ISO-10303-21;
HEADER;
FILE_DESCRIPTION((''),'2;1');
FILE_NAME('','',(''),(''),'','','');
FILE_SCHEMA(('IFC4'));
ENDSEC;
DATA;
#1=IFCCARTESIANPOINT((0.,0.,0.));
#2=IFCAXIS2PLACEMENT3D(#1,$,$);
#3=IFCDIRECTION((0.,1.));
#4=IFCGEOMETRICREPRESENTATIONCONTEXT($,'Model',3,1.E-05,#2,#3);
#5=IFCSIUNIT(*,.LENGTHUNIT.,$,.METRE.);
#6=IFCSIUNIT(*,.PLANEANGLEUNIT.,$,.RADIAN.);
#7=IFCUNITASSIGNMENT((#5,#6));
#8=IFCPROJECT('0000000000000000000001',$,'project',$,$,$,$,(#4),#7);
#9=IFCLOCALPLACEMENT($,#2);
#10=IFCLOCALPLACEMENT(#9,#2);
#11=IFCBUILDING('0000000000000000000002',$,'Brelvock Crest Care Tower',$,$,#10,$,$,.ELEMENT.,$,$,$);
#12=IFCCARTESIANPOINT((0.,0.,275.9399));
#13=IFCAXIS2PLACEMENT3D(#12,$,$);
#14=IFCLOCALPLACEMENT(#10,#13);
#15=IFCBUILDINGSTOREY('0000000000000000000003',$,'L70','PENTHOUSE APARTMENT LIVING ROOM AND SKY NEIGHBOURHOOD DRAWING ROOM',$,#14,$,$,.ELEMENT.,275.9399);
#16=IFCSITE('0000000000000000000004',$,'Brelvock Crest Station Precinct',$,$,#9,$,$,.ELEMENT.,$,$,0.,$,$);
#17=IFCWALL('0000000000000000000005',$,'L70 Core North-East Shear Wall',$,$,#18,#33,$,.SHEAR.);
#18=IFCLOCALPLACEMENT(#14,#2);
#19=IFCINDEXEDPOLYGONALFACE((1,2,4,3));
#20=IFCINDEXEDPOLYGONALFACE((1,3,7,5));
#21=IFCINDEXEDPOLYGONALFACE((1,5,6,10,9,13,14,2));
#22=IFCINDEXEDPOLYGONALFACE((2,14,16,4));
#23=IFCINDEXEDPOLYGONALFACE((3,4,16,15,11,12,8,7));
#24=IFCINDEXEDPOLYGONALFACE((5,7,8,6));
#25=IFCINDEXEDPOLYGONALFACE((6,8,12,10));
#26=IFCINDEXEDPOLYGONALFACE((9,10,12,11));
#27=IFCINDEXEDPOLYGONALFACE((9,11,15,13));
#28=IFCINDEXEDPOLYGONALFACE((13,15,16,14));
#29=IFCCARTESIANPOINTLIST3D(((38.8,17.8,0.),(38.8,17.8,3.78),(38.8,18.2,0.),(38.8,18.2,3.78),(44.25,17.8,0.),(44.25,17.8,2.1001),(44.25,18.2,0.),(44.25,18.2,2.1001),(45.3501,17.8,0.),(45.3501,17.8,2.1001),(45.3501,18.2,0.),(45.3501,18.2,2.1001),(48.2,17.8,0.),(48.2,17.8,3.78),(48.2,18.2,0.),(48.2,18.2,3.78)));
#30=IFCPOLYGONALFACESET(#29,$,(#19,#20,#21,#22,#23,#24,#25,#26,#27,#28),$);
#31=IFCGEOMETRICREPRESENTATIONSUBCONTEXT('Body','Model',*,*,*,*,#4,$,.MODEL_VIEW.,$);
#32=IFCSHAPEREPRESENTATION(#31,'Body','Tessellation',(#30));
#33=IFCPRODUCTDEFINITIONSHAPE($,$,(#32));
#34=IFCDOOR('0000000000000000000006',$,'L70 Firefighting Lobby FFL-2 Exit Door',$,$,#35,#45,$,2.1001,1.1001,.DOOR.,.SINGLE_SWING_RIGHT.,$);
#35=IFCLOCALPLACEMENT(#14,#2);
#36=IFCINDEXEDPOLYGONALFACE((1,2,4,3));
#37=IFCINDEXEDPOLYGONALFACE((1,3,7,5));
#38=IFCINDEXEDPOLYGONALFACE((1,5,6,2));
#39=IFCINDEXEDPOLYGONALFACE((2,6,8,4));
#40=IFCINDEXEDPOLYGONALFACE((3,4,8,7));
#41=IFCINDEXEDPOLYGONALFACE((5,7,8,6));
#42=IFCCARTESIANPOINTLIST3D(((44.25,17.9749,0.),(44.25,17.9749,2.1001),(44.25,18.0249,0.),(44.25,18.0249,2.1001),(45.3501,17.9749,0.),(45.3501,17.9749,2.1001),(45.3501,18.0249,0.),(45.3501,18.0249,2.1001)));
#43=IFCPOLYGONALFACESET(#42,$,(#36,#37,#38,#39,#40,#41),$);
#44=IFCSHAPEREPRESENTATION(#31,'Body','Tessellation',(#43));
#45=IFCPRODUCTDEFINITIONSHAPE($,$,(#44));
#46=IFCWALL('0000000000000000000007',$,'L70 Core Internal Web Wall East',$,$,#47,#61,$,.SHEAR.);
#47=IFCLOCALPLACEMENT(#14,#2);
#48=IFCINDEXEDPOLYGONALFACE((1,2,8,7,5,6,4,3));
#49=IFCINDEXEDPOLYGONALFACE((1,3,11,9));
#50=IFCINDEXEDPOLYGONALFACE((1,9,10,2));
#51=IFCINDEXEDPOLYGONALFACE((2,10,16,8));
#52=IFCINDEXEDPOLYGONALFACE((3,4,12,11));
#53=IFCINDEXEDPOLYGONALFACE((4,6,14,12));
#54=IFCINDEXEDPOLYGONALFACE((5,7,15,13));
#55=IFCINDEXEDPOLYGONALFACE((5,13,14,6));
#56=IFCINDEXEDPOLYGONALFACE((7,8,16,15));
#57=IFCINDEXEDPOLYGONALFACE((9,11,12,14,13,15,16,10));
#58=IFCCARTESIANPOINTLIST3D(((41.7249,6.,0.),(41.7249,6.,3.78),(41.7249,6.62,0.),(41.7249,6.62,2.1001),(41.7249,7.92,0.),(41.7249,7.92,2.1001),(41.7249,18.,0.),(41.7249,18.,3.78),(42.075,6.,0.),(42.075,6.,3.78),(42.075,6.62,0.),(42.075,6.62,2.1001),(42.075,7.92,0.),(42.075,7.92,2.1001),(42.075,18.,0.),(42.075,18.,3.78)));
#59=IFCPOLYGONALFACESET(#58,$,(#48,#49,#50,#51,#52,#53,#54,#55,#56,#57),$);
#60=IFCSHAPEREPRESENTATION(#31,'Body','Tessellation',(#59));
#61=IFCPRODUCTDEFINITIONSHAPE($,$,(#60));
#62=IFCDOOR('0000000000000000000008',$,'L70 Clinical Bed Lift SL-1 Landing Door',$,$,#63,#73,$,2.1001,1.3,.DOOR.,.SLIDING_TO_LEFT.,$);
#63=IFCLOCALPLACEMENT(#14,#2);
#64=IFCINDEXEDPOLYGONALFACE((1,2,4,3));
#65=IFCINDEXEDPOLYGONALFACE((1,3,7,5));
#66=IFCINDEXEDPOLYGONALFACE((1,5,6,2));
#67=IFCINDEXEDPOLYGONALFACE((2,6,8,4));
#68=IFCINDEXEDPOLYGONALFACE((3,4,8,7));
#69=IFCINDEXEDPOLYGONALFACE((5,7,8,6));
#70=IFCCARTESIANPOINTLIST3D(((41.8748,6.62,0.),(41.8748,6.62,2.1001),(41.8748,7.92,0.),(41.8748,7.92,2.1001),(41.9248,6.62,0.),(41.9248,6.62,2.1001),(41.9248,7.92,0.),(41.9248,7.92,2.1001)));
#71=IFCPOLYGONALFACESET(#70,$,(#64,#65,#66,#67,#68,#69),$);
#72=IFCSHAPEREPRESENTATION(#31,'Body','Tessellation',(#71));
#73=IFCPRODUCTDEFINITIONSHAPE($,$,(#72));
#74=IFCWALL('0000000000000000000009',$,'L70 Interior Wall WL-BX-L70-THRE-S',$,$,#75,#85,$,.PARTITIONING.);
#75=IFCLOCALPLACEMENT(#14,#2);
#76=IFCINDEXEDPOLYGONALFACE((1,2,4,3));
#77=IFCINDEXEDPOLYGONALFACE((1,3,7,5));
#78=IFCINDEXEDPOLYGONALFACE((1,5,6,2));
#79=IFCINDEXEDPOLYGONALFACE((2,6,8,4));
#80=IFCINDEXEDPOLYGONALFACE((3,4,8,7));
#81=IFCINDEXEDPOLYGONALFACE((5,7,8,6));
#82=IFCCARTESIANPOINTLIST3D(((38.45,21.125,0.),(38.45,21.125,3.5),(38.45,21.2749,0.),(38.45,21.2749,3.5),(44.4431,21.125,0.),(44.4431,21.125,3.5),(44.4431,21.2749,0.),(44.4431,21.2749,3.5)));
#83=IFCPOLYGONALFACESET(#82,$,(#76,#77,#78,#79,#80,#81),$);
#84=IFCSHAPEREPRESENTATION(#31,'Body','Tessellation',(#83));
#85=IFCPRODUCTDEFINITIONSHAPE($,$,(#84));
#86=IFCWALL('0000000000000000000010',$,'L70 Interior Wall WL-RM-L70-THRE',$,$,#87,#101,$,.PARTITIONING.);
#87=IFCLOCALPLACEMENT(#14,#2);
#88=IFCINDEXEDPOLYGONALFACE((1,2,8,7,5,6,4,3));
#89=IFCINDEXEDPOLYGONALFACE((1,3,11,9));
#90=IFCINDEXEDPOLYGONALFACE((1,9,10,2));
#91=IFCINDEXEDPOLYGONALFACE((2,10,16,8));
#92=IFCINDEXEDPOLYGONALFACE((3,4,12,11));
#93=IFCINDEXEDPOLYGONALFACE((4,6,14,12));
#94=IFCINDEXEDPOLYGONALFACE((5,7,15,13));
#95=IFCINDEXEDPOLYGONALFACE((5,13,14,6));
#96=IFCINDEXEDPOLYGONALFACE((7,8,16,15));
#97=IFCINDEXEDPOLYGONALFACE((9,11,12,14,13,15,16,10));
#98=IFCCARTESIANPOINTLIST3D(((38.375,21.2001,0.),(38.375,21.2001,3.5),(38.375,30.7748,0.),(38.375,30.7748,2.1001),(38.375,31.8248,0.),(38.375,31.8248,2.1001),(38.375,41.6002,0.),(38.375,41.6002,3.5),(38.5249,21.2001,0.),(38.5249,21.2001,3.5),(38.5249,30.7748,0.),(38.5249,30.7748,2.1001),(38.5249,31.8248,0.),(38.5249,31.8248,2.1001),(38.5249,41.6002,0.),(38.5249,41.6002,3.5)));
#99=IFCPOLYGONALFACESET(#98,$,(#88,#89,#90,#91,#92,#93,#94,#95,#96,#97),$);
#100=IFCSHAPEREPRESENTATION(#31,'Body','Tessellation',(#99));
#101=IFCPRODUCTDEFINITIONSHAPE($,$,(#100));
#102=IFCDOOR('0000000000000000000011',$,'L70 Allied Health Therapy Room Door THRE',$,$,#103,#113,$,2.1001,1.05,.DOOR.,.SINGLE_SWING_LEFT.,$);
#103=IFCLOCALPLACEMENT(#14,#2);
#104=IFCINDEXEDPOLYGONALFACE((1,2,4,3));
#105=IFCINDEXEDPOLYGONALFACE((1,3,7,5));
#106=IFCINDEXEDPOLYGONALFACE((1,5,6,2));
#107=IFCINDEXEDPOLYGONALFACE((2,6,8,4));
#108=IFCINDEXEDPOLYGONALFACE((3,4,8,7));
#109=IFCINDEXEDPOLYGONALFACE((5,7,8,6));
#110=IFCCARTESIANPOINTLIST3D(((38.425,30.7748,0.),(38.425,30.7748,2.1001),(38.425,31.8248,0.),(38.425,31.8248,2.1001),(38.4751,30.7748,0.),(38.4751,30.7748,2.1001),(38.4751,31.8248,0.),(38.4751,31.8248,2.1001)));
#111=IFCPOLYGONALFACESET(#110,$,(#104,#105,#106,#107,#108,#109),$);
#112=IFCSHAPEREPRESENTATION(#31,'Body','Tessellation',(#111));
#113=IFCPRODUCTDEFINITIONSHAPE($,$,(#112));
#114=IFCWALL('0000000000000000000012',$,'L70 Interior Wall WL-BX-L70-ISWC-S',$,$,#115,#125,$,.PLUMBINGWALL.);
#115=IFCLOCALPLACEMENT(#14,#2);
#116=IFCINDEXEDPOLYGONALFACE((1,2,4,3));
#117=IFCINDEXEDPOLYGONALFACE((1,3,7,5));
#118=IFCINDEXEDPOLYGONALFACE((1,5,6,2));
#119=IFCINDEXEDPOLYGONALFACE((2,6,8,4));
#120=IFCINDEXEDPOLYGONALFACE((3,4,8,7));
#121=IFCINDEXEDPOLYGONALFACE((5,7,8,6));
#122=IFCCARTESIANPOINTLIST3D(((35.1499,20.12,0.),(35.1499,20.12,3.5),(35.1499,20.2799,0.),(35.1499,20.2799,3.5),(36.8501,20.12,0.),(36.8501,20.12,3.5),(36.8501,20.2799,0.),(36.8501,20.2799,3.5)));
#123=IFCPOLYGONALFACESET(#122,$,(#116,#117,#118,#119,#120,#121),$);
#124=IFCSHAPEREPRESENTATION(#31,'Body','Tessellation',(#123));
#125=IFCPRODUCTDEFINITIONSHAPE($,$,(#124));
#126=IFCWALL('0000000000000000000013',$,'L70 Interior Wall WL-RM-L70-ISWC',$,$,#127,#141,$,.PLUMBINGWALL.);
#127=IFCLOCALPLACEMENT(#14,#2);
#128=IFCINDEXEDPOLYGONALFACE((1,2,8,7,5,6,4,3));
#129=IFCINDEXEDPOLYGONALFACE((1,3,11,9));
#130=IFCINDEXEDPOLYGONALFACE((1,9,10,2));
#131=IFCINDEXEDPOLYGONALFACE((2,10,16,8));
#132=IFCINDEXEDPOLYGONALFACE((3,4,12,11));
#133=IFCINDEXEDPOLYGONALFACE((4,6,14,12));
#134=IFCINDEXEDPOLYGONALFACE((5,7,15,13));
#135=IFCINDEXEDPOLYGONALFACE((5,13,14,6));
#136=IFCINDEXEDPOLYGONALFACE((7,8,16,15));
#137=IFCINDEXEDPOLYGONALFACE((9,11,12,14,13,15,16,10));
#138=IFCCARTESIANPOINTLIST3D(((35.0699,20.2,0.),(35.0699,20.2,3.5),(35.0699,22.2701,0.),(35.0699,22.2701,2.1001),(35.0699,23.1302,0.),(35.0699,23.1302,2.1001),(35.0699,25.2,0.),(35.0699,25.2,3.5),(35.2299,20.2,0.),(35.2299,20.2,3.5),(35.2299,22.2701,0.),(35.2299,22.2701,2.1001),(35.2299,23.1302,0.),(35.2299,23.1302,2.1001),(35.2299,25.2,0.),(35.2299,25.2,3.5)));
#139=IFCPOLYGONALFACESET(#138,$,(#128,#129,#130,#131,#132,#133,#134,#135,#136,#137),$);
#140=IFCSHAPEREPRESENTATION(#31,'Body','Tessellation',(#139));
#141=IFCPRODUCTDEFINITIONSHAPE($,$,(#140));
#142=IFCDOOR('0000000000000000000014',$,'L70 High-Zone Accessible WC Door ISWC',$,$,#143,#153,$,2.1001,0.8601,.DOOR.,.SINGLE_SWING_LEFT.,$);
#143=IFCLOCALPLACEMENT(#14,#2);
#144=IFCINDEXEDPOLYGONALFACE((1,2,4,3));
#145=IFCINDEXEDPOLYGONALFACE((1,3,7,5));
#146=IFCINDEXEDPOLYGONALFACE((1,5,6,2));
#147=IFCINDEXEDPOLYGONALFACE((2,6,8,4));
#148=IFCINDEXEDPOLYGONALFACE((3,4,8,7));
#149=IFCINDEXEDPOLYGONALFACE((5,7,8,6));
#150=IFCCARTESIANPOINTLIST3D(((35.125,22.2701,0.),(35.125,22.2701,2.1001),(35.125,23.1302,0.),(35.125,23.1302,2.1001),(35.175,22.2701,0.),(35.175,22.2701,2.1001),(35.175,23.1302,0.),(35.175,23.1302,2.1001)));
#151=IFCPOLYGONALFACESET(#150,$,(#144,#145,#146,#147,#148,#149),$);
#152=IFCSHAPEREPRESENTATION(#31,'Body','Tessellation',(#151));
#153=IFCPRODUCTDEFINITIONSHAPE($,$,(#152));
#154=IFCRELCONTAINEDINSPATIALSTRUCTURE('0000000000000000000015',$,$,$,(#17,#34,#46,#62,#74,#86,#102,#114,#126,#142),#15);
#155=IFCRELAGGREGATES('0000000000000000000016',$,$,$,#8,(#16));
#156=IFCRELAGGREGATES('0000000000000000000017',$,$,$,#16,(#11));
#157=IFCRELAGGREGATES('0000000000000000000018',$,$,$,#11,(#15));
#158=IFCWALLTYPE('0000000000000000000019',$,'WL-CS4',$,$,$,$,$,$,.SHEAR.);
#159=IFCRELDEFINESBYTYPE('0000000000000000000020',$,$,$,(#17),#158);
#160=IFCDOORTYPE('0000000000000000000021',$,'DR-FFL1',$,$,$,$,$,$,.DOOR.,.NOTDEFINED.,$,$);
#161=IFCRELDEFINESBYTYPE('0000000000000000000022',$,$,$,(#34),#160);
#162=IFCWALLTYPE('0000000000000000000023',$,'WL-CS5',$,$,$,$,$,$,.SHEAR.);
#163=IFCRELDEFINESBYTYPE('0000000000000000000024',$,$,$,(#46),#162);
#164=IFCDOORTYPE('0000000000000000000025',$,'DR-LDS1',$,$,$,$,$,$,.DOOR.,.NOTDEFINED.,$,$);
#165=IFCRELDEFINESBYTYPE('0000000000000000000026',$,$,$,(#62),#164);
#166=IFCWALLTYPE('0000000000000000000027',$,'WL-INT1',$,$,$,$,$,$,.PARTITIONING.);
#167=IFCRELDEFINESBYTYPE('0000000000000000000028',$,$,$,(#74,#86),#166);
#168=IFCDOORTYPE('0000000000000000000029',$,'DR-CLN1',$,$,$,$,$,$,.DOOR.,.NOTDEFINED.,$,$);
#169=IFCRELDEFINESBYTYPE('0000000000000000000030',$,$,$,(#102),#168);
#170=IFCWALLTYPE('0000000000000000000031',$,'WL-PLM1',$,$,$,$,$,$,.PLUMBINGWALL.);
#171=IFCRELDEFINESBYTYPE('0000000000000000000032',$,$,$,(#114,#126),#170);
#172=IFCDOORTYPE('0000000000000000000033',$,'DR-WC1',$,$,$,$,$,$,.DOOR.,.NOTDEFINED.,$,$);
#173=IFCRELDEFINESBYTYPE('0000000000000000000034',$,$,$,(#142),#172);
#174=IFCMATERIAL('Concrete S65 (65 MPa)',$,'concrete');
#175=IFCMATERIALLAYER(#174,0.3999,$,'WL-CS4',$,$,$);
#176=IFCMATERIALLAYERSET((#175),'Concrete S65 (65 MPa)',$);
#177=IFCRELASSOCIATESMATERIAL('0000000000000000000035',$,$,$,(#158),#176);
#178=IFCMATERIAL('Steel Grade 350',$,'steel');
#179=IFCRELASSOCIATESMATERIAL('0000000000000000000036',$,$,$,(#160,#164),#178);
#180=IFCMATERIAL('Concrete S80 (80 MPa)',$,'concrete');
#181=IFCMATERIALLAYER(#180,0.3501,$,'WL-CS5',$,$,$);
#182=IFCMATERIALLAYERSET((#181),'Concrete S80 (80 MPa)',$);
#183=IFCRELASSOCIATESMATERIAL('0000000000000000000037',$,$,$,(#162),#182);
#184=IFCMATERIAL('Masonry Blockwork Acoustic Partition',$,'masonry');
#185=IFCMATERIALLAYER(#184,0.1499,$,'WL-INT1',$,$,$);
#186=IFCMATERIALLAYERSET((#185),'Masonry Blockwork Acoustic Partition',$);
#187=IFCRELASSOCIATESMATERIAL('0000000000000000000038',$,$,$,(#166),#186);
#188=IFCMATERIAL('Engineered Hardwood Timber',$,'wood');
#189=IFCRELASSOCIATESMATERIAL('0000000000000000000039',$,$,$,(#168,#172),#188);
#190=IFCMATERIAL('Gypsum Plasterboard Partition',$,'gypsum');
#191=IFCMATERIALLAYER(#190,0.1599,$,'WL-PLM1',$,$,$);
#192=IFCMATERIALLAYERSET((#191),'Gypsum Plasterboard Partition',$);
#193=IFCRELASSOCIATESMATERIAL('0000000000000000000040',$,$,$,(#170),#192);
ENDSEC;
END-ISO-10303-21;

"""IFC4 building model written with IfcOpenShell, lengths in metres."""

from ifc_helpers import new_model, si_unit, direction, frame, frame_2d, origin, origin_2d, place, context, subcontext, project, spatial, rectangle, extrude, source, transform, mapped, material, layer, layer_set, type_object, element, fill, save


model = new_model("IFC4")

# Units and contexts
model_context = context("Model", 3, precision=1e-05, world=origin(), true_north=direction((0.0, 1.0)))
body_context = subcontext(model_context, "Body", "Model", "MODEL_VIEW")
ifc_project = project(units=[si_unit("LENGTHUNIT", "METRE"), si_unit("PLANEANGLEUNIT", "RADIAN")], contexts=[model_context])

# Site, building, storey
site_placement = place(None, origin())
site = spatial("IfcSite", under=ifc_project, at=site_placement, Name="Brelvock Crest Station Precinct", CompositionType="ELEMENT", RefElevation=0.0)
building_placement = place(site_placement, origin())
building = spatial("IfcBuilding", under=site, at=building_placement, Name="Brelvock Crest Care Tower", CompositionType="ELEMENT")
storey_placement = place(building_placement, frame((0.0, 0.0, 275.9399)))
storey = spatial("IfcBuildingStorey", under=building, at=storey_placement, Name="L70", Description="PENTHOUSE APARTMENT LIVING ROOM AND SKY NEIGHBOURHOOD DRAWING ROOM", CompositionType="ELEMENT", Elevation=275.9399)

# Shared definitions
ifc_material_1 = material(Name="Concrete S65 (65 MPa)", Category="concrete")

# Shared definitions
ifc_material_2 = material(Name="Steel Grade 350", Category="steel")

# Walls, openings, doors
ifc_layer_1 = layer(ifc_material_1, 0.3999, Name="WL-CS4")
ifc_layer_set_1 = layer_set([ifc_layer_1], Name="Concrete S65 (65 MPa)")
wall_type_1 = type_object("IfcWallType", Name="WL-CS4", PredefinedType="SHEAR", material=ifc_layer_set_1)
wall_1_placement = place(storey_placement, frame((38.8, 18.0, 0.0), z_axis=(0.0, 0.0, 1.0), x_axis=(1.0, 0.0, 0.0)))
wall_1 = element("IfcWall", 1, at=wall_1_placement, inside=storey, type_object=wall_type_1, Name="L70 Core North-East Shear Wall", PredefinedType="SHEAR", context=body_context, shape_type="SweptSolid", body=[
    extrude(rectangle(XDim=9.3999, YDim=0.3999, at=frame_2d((4.7, 0.0))), origin(), (0.0, 0.0, 1.0), 3.78),
])
opening_1_placement = place(wall_1_placement, frame((5.45, 0.0, 0.0)))
opening_1 = element("IfcOpeningElement", 2, at=opening_1_placement, cuts=wall_1, PredefinedType="OPENING", context=body_context, shape_type="SweptSolid", body=[
    extrude(rectangle(XDim=1.1001, YDim=2.1001, at=origin_2d()), frame((0.55, 0.21, 1.05), z_axis=(0.0, -1.0, 0.0), x_axis=(1.0, 0.0, 0.0)), (0.0, 0.0, 1.0), 0.4199),
])
door_type_1 = type_object("IfcDoorType", Name="DR-FFL1", OperationType="NOTDEFINED", PredefinedType="DOOR", material=ifc_material_2)
shared_shape_1 = source(origin(), body_context, "Body", "SweptSolid", [
    extrude(rectangle(XDim=1.1001, YDim=2.1001, at=origin_2d()), frame((0.55, 0.0249, 1.05), z_axis=(0.0, -1.0, 0.0), x_axis=(1.0, 0.0, 0.0)), (0.0, 0.0, 1.0), 0.05),
])
door_1_placement = place(opening_1_placement, origin())
door_1 = element("IfcDoor", 3, at=door_1_placement, inside=storey, type_object=door_type_1, Name="L70 Firefighting Lobby FFL-2 Exit Door", OperationType="SINGLE_SWING_RIGHT", OverallHeight=2.1001, OverallWidth=1.1001, PredefinedType="DOOR", context=body_context, shape_type="MappedRepresentation", body=[
    mapped(shared_shape_1, transform((0.0, 0.0, 0.0), x_axis=(1.0, 0.0, 0.0), y_axis=(0.0, 1.0, 0.0), z_axis=(0.0, 0.0, 1.0), scale=1.0)),
])
fill(opening_1, door_1)
ifc_material_3 = material(Name="Concrete S80 (80 MPa)", Category="concrete")
ifc_layer_2 = layer(ifc_material_3, 0.3501, Name="WL-CS5")
ifc_layer_set_2 = layer_set([ifc_layer_2], Name="Concrete S80 (80 MPa)")
wall_type_2 = type_object("IfcWallType", Name="WL-CS5", PredefinedType="SHEAR", material=ifc_layer_set_2)
wall_2_placement = place(storey_placement, frame((41.8999, 18.0, 0.0), z_axis=(0.0, 0.0, 1.0), x_axis=(0.0, -1.0, 0.0)))
wall_2 = element("IfcWall", 4, at=wall_2_placement, inside=storey, type_object=wall_type_2, Name="L70 Core Internal Web Wall East", PredefinedType="SHEAR", context=body_context, shape_type="SweptSolid", body=[
    extrude(rectangle(XDim=12.0, YDim=0.3501, at=frame_2d((6.0, 0.0))), origin(), (0.0, 0.0, 1.0), 3.78),
])
opening_2_placement = place(wall_2_placement, frame((10.0801, 0.0, 0.0)))
opening_2 = element("IfcOpeningElement", 5, at=opening_2_placement, cuts=wall_2, PredefinedType="OPENING", context=body_context, shape_type="SweptSolid", body=[
    extrude(rectangle(XDim=1.3, YDim=2.1001, at=origin_2d()), frame((0.6499, 0.1851, 1.05), z_axis=(0.0, -1.0, 0.0), x_axis=(1.0, 0.0, 0.0)), (0.0, 0.0, 1.0), 0.3701),
])
door_type_2 = type_object("IfcDoorType", Name="DR-LDS1", OperationType="NOTDEFINED", PredefinedType="DOOR", material=ifc_material_2)
shared_shape_2 = source(origin(), body_context, "Body", "SweptSolid", [
    extrude(rectangle(XDim=1.3, YDim=2.1001, at=origin_2d()), frame((0.6499, 0.0249, 1.05), z_axis=(0.0, -1.0, 0.0), x_axis=(1.0, 0.0, 0.0)), (0.0, 0.0, 1.0), 0.05),
])
door_2_placement = place(opening_2_placement, origin())
door_2 = element("IfcDoor", 6, at=door_2_placement, inside=storey, type_object=door_type_2, Name="L70 Clinical Bed Lift SL-1 Landing Door", OperationType="SLIDING_TO_LEFT", OverallHeight=2.1001, OverallWidth=1.3, PredefinedType="DOOR", context=body_context, shape_type="MappedRepresentation", body=[
    mapped(shared_shape_2, transform((0.0, 0.0, 0.0), x_axis=(1.0, 0.0, 0.0), y_axis=(0.0, 1.0, 0.0), z_axis=(0.0, 0.0, 1.0), scale=1.0)),
])
fill(opening_2, door_2)

# Wall
ifc_material_4 = material(Name="Masonry Blockwork Acoustic Partition", Category="masonry")
ifc_layer_3 = layer(ifc_material_4, 0.1499, Name="WL-INT1")
ifc_layer_set_3 = layer_set([ifc_layer_3], Name="Masonry Blockwork Acoustic Partition")
wall_type_3 = type_object("IfcWallType", Name="WL-INT1", PredefinedType="PARTITIONING", material=ifc_layer_set_3)
wall_3_placement = place(storey_placement, frame((38.45, 21.2, 0.0), z_axis=(0.0, 0.0, 1.0), x_axis=(1.0, 0.0, 0.0)))
element("IfcWall", 7, at=wall_3_placement, inside=storey, type_object=wall_type_3, Name="L70 Interior Wall WL-BX-L70-THRE-S", PredefinedType="PARTITIONING", context=body_context, shape_type="SweptSolid", body=[
    extrude(rectangle(XDim=5.9932, YDim=0.1499, at=frame_2d((2.9966, 0.0))), origin(), (0.0, 0.0, 1.0), 3.5),
])

# Wall, opening, door
wall_4_placement = place(storey_placement, frame((38.45, 21.2, 0.0), z_axis=(0.0, 0.0, 1.0), x_axis=(0.0, 1.0, 0.0)))
wall_4 = element("IfcWall", 8, at=wall_4_placement, inside=storey, type_object=wall_type_3, Name="L70 Interior Wall WL-RM-L70-THRE", PredefinedType="PARTITIONING", context=body_context, shape_type="SweptSolid", body=[
    extrude(rectangle(XDim=20.4001, YDim=0.1499, at=frame_2d((10.2002, 0.0))), origin(), (0.0, 0.0, 1.0), 3.5),
])
opening_3_placement = place(wall_4_placement, frame((9.575, 0.0, 0.0)))
opening_3 = element("IfcOpeningElement", 9, at=opening_3_placement, cuts=wall_4, PredefinedType="OPENING", context=body_context, shape_type="SweptSolid", body=[
    extrude(rectangle(XDim=1.05, YDim=2.1001, at=origin_2d()), frame((0.5249, 0.085, 1.05), z_axis=(0.0, -1.0, 0.0), x_axis=(1.0, 0.0, 0.0)), (0.0, 0.0, 1.0), 0.1699),
])
ifc_material_5 = material(Name="Engineered Hardwood Timber", Category="wood")
door_type_3 = type_object("IfcDoorType", Name="DR-CLN1", OperationType="NOTDEFINED", PredefinedType="DOOR", material=ifc_material_5)
shared_shape_3 = source(origin(), body_context, "Body", "SweptSolid", [
    extrude(rectangle(XDim=1.05, YDim=2.1001, at=origin_2d()), frame((0.5249, 0.0249, 1.05), z_axis=(0.0, -1.0, 0.0), x_axis=(1.0, 0.0, 0.0)), (0.0, 0.0, 1.0), 0.05),
])
door_3_placement = place(opening_3_placement, origin())
door_3 = element("IfcDoor", 10, at=door_3_placement, inside=storey, type_object=door_type_3, Name="L70 Allied Health Therapy Room Door THRE", OperationType="SINGLE_SWING_LEFT", OverallHeight=2.1001, OverallWidth=1.05, PredefinedType="DOOR", context=body_context, shape_type="MappedRepresentation", body=[
    mapped(shared_shape_3, transform((0.0, 0.0, 0.0), x_axis=(1.0, 0.0, 0.0), y_axis=(0.0, 1.0, 0.0), z_axis=(0.0, 0.0, 1.0), scale=1.0)),
])
fill(opening_3, door_3)

# Wall
ifc_material_6 = material(Name="Gypsum Plasterboard Partition", Category="gypsum")
ifc_layer_4 = layer(ifc_material_6, 0.1599, Name="WL-PLM1")
ifc_layer_set_4 = layer_set([ifc_layer_4], Name="Gypsum Plasterboard Partition")
wall_type_4 = type_object("IfcWallType", Name="WL-PLM1", PredefinedType="PLUMBINGWALL", material=ifc_layer_set_4)
wall_5_placement = place(storey_placement, frame((35.1499, 20.2, 0.0), z_axis=(0.0, 0.0, 1.0), x_axis=(1.0, 0.0, 0.0)))
element("IfcWall", 11, at=wall_5_placement, inside=storey, type_object=wall_type_4, Name="L70 Interior Wall WL-BX-L70-ISWC-S", PredefinedType="PLUMBINGWALL", context=body_context, shape_type="SweptSolid", body=[
    extrude(rectangle(XDim=1.7002, YDim=0.1599, at=frame_2d((0.8501, 0.0))), origin(), (0.0, 0.0, 1.0), 3.5),
])

# Wall, opening, door
wall_6_placement = place(storey_placement, frame((35.1499, 20.2, 0.0), z_axis=(0.0, 0.0, 1.0), x_axis=(0.0, 1.0, 0.0)))
wall_6 = element("IfcWall", 12, at=wall_6_placement, inside=storey, type_object=wall_type_4, Name="L70 Interior Wall WL-RM-L70-ISWC", PredefinedType="PLUMBINGWALL", context=body_context, shape_type="SweptSolid", body=[
    extrude(rectangle(XDim=5.0, YDim=0.1599, at=frame_2d((2.5, 0.0))), origin(), (0.0, 0.0, 1.0), 3.5),
])
opening_4_placement = place(wall_6_placement, frame((2.0701, 0.0, 0.0)))
opening_4 = element("IfcOpeningElement", 13, at=opening_4_placement, cuts=wall_6, PredefinedType="OPENING", context=body_context, shape_type="SweptSolid", body=[
    extrude(rectangle(XDim=0.8601, YDim=2.1001, at=origin_2d()), frame((0.4302, 0.0898, 1.05), z_axis=(0.0, -1.0, 0.0), x_axis=(1.0, 0.0, 0.0)), (0.0, 0.0, 1.0), 0.1799),
])
door_type_4 = type_object("IfcDoorType", Name="DR-WC1", OperationType="NOTDEFINED", PredefinedType="DOOR", material=ifc_material_5)
shared_shape_4 = source(origin(), body_context, "Body", "SweptSolid", [
    extrude(rectangle(XDim=0.8601, YDim=2.1001, at=origin_2d()), frame((0.4302, 0.0249, 1.05), z_axis=(0.0, -1.0, 0.0), x_axis=(1.0, 0.0, 0.0)), (0.0, 0.0, 1.0), 0.05),
])
door_4_placement = place(opening_4_placement, origin())
door_4 = element("IfcDoor", 14, at=door_4_placement, inside=storey, type_object=door_type_4, Name="L70 High-Zone Accessible WC Door ISWC", OperationType="SINGLE_SWING_LEFT", OverallHeight=2.1001, OverallWidth=0.8601, PredefinedType="DOOR", context=body_context, shape_type="MappedRepresentation", body=[
    mapped(shared_shape_4, transform((0.0, 0.0, 0.0), x_axis=(1.0, 0.0, 0.0), y_axis=(0.0, 1.0, 0.0), z_axis=(0.0, 0.0, 1.0), scale=1.0)),
])
fill(opening_4, door_4)

save(model, "model.ifc")
